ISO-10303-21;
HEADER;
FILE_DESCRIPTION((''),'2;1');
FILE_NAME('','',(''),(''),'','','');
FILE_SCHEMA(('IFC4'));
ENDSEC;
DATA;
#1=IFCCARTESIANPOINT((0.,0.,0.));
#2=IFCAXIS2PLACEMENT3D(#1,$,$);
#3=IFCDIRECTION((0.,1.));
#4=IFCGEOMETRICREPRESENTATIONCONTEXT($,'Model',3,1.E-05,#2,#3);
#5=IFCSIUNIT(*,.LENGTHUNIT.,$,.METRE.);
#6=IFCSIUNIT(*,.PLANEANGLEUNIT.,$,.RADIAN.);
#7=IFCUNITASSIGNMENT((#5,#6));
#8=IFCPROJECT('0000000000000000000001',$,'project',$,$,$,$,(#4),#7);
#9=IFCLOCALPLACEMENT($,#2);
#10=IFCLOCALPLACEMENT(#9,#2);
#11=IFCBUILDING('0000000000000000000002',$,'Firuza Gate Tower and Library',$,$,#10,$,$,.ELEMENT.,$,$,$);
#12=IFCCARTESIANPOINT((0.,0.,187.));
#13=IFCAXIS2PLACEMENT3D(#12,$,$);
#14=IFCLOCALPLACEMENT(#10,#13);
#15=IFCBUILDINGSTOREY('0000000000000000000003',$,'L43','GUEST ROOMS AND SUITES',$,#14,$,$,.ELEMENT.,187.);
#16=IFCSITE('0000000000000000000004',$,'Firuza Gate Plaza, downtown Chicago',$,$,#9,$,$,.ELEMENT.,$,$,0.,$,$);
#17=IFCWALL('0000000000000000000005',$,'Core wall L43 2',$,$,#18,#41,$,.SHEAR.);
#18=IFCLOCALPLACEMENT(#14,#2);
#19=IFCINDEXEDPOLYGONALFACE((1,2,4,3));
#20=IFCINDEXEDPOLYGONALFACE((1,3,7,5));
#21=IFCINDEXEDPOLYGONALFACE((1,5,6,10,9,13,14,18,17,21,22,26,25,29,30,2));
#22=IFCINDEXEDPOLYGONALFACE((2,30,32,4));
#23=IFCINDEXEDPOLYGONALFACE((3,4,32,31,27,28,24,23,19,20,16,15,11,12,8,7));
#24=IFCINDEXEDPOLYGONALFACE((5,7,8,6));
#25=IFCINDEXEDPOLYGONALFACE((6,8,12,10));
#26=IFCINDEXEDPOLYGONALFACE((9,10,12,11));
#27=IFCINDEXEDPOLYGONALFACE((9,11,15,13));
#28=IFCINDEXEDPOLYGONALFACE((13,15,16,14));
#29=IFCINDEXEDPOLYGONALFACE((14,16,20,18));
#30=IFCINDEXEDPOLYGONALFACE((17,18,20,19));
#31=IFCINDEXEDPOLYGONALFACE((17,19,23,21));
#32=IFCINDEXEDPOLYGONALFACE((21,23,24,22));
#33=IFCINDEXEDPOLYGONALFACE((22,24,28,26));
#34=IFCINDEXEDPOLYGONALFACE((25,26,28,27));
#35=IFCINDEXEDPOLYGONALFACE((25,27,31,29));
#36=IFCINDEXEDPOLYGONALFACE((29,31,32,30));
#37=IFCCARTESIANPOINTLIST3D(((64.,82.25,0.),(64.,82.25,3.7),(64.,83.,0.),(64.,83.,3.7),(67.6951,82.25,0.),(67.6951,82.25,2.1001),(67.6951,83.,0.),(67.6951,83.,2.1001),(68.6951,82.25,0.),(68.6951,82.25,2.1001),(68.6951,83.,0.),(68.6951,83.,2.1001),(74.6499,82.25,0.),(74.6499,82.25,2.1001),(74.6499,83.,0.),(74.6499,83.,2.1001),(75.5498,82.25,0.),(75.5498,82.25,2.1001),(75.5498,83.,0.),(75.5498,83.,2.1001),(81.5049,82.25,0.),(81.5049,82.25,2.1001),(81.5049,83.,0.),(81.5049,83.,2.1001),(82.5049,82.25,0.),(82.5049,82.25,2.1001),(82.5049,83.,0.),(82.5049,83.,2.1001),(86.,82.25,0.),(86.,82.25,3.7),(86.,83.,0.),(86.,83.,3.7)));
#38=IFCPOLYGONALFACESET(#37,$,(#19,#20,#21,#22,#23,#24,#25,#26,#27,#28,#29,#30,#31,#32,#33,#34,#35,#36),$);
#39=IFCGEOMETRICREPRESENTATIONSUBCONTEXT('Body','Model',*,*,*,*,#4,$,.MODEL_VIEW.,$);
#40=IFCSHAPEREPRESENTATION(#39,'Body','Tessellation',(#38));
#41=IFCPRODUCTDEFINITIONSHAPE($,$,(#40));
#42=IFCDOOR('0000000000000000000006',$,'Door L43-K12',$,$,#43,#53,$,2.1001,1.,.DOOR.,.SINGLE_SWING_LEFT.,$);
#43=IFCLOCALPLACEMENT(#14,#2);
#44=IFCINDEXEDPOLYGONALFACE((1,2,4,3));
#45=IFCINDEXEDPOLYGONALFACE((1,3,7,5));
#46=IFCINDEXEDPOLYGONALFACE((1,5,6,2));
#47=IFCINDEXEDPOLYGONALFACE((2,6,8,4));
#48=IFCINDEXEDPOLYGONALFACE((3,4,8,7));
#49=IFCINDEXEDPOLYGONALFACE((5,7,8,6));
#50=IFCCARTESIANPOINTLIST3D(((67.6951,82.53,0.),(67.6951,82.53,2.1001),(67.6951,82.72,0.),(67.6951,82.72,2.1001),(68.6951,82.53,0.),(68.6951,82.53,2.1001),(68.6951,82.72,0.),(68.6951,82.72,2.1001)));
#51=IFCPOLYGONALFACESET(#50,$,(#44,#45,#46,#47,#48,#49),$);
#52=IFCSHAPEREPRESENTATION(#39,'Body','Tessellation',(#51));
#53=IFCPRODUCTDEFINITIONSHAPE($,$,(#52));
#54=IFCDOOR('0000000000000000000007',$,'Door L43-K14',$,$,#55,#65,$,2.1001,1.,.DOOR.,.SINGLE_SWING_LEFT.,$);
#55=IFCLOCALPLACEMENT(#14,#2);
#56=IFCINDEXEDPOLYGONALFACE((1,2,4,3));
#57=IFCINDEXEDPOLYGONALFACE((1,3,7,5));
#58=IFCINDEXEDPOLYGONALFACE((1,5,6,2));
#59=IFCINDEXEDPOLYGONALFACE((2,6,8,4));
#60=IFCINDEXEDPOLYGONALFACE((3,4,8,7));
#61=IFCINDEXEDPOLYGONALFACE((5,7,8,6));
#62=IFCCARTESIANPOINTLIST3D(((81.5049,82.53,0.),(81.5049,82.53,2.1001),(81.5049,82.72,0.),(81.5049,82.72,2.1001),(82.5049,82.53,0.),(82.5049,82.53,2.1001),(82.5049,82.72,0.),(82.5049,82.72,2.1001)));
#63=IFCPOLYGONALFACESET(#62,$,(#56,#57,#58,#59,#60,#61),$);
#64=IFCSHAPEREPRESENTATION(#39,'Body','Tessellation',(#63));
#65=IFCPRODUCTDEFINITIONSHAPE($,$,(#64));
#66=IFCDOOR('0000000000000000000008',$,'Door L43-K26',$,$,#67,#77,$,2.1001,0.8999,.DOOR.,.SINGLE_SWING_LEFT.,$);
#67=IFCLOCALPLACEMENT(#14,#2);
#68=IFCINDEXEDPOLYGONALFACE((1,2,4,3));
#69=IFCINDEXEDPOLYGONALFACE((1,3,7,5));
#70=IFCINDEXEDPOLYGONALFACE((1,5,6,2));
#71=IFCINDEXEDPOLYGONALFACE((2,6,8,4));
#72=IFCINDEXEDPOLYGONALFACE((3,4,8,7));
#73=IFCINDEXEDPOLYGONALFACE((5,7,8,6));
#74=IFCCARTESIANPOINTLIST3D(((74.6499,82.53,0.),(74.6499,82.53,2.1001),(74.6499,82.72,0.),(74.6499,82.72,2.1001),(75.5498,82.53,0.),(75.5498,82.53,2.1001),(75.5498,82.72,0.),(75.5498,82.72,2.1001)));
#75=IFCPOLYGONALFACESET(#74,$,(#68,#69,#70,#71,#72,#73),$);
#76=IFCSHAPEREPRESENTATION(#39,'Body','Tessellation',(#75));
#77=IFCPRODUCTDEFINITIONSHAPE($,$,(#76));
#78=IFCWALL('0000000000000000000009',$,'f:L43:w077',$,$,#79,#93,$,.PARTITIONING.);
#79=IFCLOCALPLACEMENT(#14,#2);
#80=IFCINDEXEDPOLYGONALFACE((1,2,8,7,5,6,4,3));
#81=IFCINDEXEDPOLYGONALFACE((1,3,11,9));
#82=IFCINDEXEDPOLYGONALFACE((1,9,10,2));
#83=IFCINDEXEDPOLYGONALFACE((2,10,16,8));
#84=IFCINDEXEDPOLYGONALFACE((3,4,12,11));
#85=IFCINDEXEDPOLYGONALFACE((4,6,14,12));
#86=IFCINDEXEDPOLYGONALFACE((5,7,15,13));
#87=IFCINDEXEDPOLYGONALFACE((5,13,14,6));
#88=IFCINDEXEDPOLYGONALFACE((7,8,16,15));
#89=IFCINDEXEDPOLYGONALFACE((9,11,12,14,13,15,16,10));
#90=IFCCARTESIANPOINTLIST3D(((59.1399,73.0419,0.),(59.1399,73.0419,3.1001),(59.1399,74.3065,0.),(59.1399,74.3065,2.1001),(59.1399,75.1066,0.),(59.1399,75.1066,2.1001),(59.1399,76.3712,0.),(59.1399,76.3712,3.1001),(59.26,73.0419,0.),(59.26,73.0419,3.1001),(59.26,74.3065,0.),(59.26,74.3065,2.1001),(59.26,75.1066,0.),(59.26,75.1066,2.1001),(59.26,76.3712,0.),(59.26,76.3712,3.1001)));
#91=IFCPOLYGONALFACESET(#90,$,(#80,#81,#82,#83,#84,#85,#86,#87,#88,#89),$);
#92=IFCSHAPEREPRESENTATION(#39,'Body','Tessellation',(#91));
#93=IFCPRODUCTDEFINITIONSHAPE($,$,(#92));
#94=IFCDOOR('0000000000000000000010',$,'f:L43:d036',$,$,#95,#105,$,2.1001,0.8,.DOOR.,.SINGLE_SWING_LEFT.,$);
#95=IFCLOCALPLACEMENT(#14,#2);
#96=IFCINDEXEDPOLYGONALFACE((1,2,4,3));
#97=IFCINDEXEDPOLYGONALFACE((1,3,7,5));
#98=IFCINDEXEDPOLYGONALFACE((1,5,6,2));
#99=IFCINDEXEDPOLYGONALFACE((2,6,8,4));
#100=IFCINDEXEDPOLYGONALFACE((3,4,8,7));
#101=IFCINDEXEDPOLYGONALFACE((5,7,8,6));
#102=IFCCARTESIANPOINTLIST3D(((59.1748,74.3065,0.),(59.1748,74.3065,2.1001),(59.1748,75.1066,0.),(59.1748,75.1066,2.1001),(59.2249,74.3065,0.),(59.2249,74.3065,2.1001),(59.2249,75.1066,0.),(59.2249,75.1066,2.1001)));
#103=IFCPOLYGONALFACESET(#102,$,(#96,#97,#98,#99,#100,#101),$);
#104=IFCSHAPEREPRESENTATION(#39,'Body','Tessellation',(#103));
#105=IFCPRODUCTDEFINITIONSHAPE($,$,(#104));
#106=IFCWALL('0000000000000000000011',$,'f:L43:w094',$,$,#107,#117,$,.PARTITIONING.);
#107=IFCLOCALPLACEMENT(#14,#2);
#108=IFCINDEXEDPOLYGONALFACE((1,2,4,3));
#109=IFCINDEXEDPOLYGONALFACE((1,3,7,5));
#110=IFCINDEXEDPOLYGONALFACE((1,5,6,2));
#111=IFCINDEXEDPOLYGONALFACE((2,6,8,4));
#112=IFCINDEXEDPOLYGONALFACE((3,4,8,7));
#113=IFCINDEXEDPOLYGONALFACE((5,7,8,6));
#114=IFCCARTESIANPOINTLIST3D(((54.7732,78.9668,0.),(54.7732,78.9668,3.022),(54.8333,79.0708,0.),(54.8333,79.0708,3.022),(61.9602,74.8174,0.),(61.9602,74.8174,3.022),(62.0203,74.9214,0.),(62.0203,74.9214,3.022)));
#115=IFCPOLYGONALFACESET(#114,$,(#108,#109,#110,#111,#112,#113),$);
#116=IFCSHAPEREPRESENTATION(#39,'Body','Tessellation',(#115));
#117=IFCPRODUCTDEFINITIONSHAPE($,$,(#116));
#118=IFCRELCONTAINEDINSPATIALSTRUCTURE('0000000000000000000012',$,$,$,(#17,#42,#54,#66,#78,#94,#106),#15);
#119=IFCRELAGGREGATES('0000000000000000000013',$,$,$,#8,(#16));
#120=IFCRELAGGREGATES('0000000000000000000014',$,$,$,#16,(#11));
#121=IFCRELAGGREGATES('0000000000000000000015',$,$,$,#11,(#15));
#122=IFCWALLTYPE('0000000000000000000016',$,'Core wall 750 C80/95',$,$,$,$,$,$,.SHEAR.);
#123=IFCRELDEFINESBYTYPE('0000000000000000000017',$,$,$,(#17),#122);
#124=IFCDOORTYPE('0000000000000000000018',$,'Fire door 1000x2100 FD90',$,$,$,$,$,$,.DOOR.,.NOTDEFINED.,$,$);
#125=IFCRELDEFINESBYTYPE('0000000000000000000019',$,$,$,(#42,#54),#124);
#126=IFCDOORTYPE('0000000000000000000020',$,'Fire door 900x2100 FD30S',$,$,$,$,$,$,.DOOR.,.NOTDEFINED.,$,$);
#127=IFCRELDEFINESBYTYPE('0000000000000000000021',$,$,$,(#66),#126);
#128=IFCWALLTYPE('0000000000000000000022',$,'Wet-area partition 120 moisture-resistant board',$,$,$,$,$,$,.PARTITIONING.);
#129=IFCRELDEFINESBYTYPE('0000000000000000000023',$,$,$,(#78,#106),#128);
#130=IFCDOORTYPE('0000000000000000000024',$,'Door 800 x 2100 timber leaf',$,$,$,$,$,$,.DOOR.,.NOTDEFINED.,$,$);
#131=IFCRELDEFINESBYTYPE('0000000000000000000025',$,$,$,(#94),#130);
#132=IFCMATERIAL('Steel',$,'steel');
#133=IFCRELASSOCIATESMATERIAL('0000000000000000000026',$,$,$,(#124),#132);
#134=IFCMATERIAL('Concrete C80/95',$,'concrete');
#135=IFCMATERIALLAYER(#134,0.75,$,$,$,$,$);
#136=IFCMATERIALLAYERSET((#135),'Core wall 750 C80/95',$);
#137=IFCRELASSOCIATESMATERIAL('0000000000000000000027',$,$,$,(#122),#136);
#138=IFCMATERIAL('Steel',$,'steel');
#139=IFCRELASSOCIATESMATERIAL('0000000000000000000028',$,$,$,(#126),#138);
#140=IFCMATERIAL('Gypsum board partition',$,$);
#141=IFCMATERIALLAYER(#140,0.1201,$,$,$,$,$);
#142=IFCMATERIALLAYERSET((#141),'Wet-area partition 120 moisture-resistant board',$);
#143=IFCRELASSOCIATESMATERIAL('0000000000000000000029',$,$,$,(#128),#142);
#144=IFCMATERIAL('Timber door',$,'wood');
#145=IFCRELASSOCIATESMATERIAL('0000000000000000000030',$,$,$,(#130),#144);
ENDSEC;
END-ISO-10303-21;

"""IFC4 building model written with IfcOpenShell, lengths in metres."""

from ifc_helpers import new_model, si_unit, direction, frame, frame_2d, origin, place, context, subcontext, project, spatial, rectangle, extrude, material, layer, layer_set, type_object, element, fill, save


model = new_model("IFC4")

# Units and contexts
model_context = context("Model", 3, precision=1e-05, world=origin(), true_north=direction((0.0, 1.0)))
body_context = subcontext(model_context, "Body", "Model", "MODEL_VIEW")
ifc_project = project(units=[si_unit("LENGTHUNIT", "METRE"), si_unit("PLANEANGLEUNIT", "RADIAN")], contexts=[model_context])

# Site, building, storey
site_placement = place(None, origin())
site = spatial("IfcSite", under=ifc_project, at=site_placement, Name="Firuza Gate Plaza, downtown Chicago", CompositionType="ELEMENT", RefElevation=0.0)
building_placement = place(site_placement, origin())
building = spatial("IfcBuilding", under=site, at=building_placement, Name="Firuza Gate Tower and Library", CompositionType="ELEMENT")
storey_placement = place(building_placement, frame((0.0, 0.0, 187.0)))
storey = spatial("IfcBuildingStorey", under=building, at=storey_placement, Name="L43", Description="GUEST ROOMS AND SUITES", CompositionType="ELEMENT", Elevation=187.0)

# Shared definitions
ifc_material_1 = material(Name="Steel", Category="steel")
door_type_1 = type_object("IfcDoorType", Name="Fire door 1000x2100 FD90", OperationType="NOTDEFINED", PredefinedType="DOOR", material=ifc_material_1)

# Wall, openings, doors
ifc_material_2 = material(Name="Concrete C80/95", Category="concrete")
ifc_layer_1 = layer(ifc_material_2, 0.75)
ifc_layer_set_1 = layer_set([ifc_layer_1], Name="Core wall 750 C80/95")
wall_type_1 = type_object("IfcWallType", Name="Core wall 750 C80/95", PredefinedType="SHEAR", material=ifc_layer_set_1)
wall_1_placement = place(storey_placement, frame((64.0, 82.625, 0.0), z_axis=(0.0, 0.0, 1.0), x_axis=(1.0, 0.0, 0.0)))
wall_1 = element("IfcWall", 1, at=wall_1_placement, inside=storey, type_object=wall_type_1, Name="Core wall L43 2", PredefinedType="SHEAR", context=body_context, shape_type="SweptSolid", body=[
    extrude(rectangle(XDim=22.0, YDim=0.75, at=frame_2d((11.0, 0.0))), origin(), (0.0, 0.0, 1.0), 3.7),
])
opening_1_placement = place(wall_1_placement, frame((3.6951, 0.0, 0.0)))
opening_1 = element("IfcOpeningElement", 2, at=opening_1_placement, cuts=wall_1, PredefinedType="OPENING", context=body_context, shape_type="SweptSolid", body=[
    extrude(rectangle(XDim=1.0, YDim=2.1001, at=frame_2d((0.5, 1.05))), frame((0.0, 0.385, 0.0), z_axis=(0.0, -1.0, 0.0), x_axis=(1.0, 0.0, 0.0)), (0.0, 0.0, 1.0), 0.77),
])
opening_2_placement = place(wall_1_placement, frame((17.5049, 0.0, 0.0)))
opening_2 = element("IfcOpeningElement", 3, at=opening_2_placement, cuts=wall_1, PredefinedType="OPENING", context=body_context, shape_type="SweptSolid", body=[
    extrude(rectangle(XDim=1.0, YDim=2.1001, at=frame_2d((0.5, 1.05))), frame((0.0, 0.385, 0.0), z_axis=(0.0, -1.0, 0.0), x_axis=(1.0, 0.0, 0.0)), (0.0, 0.0, 1.0), 0.77),
])
opening_3_placement = place(wall_1_placement, frame((10.6499, 0.0, 0.0)))
opening_3 = element("IfcOpeningElement", 4, at=opening_3_placement, cuts=wall_1, PredefinedType="OPENING", context=body_context, shape_type="SweptSolid", body=[
    extrude(rectangle(XDim=0.8999, YDim=2.1001, at=frame_2d((0.45, 1.05))), frame((0.0, 0.385, 0.0), z_axis=(0.0, -1.0, 0.0), x_axis=(1.0, 0.0, 0.0)), (0.0, 0.0, 1.0), 0.77),
])
door_1_placement = place(opening_1_placement, origin())
door_1 = element("IfcDoor", 5, at=door_1_placement, inside=storey, type_object=door_type_1, Name="Door L43-K12", OperationType="SINGLE_SWING_LEFT", OverallHeight=2.1001, OverallWidth=1.0, PredefinedType="DOOR", context=body_context, shape_type="SweptSolid", body=[
    extrude(rectangle(XDim=1.0, YDim=2.1001, at=frame_2d((0.5, 1.05))), frame((0.0, 0.095, 0.0), z_axis=(0.0, -1.0, 0.0), x_axis=(1.0, 0.0, 0.0)), (0.0, 0.0, 1.0), 0.1899),
])
fill(opening_1, door_1)
door_2_placement = place(opening_2_placement, origin())
door_2 = element("IfcDoor", 6, at=door_2_placement, inside=storey, type_object=door_type_1, Name="Door L43-K14", OperationType="SINGLE_SWING_LEFT", OverallHeight=2.1001, OverallWidth=1.0, PredefinedType="DOOR", context=body_context, shape_type="SweptSolid", body=[
    extrude(rectangle(XDim=1.0, YDim=2.1001, at=frame_2d((0.5, 1.05))), frame((0.0, 0.095, 0.0), z_axis=(0.0, -1.0, 0.0), x_axis=(1.0, 0.0, 0.0)), (0.0, 0.0, 1.0), 0.1899),
])
fill(opening_2, door_2)
ifc_material_3 = material(Name="Steel", Category="steel")
door_type_2 = type_object("IfcDoorType", Name="Fire door 900x2100 FD30S", OperationType="NOTDEFINED", PredefinedType="DOOR", material=ifc_material_3)
door_3_placement = place(opening_3_placement, origin())
door_3 = element("IfcDoor", 7, at=door_3_placement, inside=storey, type_object=door_type_2, Name="Door L43-K26", OperationType="SINGLE_SWING_LEFT", OverallHeight=2.1001, OverallWidth=0.8999, PredefinedType="DOOR", context=body_context, shape_type="SweptSolid", body=[
    extrude(rectangle(XDim=0.8999, YDim=2.1001, at=frame_2d((0.45, 1.05))), frame((0.0, 0.095, 0.0), z_axis=(0.0, -1.0, 0.0), x_axis=(1.0, 0.0, 0.0)), (0.0, 0.0, 1.0), 0.1899),
])
fill(opening_3, door_3)

# Wall, opening, door
ifc_material_4 = material(Name="Gypsum board partition")
ifc_layer_2 = layer(ifc_material_4, 0.1201)
ifc_layer_set_2 = layer_set([ifc_layer_2], Name="Wet-area partition 120 moisture-resistant board")
wall_type_2 = type_object("IfcWallType", Name="Wet-area partition 120 moisture-resistant board", PredefinedType="PARTITIONING", material=ifc_layer_set_2)
wall_2_placement = place(storey_placement, frame((59.2, 76.3711, 0.0), z_axis=(0.0, 0.0, 1.0), x_axis=(0.0, -1.0, 0.0)))
wall_2 = element("IfcWall", 8, at=wall_2_placement, inside=storey, type_object=wall_type_2, Name="f:L43:w077", PredefinedType="PARTITIONING", context=body_context, shape_type="SweptSolid", body=[
    extrude(rectangle(XDim=3.3293, YDim=0.1201, at=frame_2d((1.6646, 0.0))), origin(), (0.0, 0.0, 1.0), 3.1001),
])
opening_4_placement = place(wall_2_placement, frame((1.2646, 0.0, 0.0)))
opening_4 = element("IfcOpeningElement", 9, at=opening_4_placement, cuts=wall_2, PredefinedType="OPENING", context=body_context, shape_type="SweptSolid", body=[
    extrude(rectangle(XDim=0.8, YDim=2.1001, at=frame_2d((0.3999, 1.05))), frame((0.0, 0.0701, 0.0), z_axis=(0.0, -1.0, 0.0), x_axis=(1.0, 0.0, 0.0)), (0.0, 0.0, 1.0), 0.1401),
])
ifc_material_5 = material(Name="Timber door", Category="wood")
door_type_3 = type_object("IfcDoorType", Name="Door 800 x 2100 timber leaf", OperationType="NOTDEFINED", PredefinedType="DOOR", material=ifc_material_5)
door_4_placement = place(opening_4_placement, origin())
door_4 = element("IfcDoor", 10, at=door_4_placement, inside=storey, type_object=door_type_3, Name="f:L43:d036", OperationType="SINGLE_SWING_LEFT", OverallHeight=2.1001, OverallWidth=0.8, PredefinedType="DOOR", context=body_context, shape_type="SweptSolid", body=[
    extrude(rectangle(XDim=0.8, YDim=2.1001, at=frame_2d((0.3999, 1.05))), frame((0.0, 0.0249, 0.0), z_axis=(0.0, -1.0, 0.0), x_axis=(1.0, 0.0, 0.0)), (0.0, 0.0, 1.0), 0.05),
])
fill(opening_4, door_4)

# Wall
wall_3_placement = place(storey_placement, frame((61.9902, 74.8694, 0.0), z_axis=(0.0, 0.0, 1.0), x_axis=(-0.866026, 0.499999, 0.0)))
element("IfcWall", 11, at=wall_3_placement, inside=storey, type_object=wall_type_2, Name="f:L43:w094", PredefinedType="PARTITIONING", context=body_context, shape_type="SweptSolid", body=[
    extrude(rectangle(XDim=8.2988, YDim=0.1201, at=frame_2d((4.1494, 0.0))), origin(), (0.0, 0.0, 1.0), 3.022),
])

save(model, "model.ifc")
